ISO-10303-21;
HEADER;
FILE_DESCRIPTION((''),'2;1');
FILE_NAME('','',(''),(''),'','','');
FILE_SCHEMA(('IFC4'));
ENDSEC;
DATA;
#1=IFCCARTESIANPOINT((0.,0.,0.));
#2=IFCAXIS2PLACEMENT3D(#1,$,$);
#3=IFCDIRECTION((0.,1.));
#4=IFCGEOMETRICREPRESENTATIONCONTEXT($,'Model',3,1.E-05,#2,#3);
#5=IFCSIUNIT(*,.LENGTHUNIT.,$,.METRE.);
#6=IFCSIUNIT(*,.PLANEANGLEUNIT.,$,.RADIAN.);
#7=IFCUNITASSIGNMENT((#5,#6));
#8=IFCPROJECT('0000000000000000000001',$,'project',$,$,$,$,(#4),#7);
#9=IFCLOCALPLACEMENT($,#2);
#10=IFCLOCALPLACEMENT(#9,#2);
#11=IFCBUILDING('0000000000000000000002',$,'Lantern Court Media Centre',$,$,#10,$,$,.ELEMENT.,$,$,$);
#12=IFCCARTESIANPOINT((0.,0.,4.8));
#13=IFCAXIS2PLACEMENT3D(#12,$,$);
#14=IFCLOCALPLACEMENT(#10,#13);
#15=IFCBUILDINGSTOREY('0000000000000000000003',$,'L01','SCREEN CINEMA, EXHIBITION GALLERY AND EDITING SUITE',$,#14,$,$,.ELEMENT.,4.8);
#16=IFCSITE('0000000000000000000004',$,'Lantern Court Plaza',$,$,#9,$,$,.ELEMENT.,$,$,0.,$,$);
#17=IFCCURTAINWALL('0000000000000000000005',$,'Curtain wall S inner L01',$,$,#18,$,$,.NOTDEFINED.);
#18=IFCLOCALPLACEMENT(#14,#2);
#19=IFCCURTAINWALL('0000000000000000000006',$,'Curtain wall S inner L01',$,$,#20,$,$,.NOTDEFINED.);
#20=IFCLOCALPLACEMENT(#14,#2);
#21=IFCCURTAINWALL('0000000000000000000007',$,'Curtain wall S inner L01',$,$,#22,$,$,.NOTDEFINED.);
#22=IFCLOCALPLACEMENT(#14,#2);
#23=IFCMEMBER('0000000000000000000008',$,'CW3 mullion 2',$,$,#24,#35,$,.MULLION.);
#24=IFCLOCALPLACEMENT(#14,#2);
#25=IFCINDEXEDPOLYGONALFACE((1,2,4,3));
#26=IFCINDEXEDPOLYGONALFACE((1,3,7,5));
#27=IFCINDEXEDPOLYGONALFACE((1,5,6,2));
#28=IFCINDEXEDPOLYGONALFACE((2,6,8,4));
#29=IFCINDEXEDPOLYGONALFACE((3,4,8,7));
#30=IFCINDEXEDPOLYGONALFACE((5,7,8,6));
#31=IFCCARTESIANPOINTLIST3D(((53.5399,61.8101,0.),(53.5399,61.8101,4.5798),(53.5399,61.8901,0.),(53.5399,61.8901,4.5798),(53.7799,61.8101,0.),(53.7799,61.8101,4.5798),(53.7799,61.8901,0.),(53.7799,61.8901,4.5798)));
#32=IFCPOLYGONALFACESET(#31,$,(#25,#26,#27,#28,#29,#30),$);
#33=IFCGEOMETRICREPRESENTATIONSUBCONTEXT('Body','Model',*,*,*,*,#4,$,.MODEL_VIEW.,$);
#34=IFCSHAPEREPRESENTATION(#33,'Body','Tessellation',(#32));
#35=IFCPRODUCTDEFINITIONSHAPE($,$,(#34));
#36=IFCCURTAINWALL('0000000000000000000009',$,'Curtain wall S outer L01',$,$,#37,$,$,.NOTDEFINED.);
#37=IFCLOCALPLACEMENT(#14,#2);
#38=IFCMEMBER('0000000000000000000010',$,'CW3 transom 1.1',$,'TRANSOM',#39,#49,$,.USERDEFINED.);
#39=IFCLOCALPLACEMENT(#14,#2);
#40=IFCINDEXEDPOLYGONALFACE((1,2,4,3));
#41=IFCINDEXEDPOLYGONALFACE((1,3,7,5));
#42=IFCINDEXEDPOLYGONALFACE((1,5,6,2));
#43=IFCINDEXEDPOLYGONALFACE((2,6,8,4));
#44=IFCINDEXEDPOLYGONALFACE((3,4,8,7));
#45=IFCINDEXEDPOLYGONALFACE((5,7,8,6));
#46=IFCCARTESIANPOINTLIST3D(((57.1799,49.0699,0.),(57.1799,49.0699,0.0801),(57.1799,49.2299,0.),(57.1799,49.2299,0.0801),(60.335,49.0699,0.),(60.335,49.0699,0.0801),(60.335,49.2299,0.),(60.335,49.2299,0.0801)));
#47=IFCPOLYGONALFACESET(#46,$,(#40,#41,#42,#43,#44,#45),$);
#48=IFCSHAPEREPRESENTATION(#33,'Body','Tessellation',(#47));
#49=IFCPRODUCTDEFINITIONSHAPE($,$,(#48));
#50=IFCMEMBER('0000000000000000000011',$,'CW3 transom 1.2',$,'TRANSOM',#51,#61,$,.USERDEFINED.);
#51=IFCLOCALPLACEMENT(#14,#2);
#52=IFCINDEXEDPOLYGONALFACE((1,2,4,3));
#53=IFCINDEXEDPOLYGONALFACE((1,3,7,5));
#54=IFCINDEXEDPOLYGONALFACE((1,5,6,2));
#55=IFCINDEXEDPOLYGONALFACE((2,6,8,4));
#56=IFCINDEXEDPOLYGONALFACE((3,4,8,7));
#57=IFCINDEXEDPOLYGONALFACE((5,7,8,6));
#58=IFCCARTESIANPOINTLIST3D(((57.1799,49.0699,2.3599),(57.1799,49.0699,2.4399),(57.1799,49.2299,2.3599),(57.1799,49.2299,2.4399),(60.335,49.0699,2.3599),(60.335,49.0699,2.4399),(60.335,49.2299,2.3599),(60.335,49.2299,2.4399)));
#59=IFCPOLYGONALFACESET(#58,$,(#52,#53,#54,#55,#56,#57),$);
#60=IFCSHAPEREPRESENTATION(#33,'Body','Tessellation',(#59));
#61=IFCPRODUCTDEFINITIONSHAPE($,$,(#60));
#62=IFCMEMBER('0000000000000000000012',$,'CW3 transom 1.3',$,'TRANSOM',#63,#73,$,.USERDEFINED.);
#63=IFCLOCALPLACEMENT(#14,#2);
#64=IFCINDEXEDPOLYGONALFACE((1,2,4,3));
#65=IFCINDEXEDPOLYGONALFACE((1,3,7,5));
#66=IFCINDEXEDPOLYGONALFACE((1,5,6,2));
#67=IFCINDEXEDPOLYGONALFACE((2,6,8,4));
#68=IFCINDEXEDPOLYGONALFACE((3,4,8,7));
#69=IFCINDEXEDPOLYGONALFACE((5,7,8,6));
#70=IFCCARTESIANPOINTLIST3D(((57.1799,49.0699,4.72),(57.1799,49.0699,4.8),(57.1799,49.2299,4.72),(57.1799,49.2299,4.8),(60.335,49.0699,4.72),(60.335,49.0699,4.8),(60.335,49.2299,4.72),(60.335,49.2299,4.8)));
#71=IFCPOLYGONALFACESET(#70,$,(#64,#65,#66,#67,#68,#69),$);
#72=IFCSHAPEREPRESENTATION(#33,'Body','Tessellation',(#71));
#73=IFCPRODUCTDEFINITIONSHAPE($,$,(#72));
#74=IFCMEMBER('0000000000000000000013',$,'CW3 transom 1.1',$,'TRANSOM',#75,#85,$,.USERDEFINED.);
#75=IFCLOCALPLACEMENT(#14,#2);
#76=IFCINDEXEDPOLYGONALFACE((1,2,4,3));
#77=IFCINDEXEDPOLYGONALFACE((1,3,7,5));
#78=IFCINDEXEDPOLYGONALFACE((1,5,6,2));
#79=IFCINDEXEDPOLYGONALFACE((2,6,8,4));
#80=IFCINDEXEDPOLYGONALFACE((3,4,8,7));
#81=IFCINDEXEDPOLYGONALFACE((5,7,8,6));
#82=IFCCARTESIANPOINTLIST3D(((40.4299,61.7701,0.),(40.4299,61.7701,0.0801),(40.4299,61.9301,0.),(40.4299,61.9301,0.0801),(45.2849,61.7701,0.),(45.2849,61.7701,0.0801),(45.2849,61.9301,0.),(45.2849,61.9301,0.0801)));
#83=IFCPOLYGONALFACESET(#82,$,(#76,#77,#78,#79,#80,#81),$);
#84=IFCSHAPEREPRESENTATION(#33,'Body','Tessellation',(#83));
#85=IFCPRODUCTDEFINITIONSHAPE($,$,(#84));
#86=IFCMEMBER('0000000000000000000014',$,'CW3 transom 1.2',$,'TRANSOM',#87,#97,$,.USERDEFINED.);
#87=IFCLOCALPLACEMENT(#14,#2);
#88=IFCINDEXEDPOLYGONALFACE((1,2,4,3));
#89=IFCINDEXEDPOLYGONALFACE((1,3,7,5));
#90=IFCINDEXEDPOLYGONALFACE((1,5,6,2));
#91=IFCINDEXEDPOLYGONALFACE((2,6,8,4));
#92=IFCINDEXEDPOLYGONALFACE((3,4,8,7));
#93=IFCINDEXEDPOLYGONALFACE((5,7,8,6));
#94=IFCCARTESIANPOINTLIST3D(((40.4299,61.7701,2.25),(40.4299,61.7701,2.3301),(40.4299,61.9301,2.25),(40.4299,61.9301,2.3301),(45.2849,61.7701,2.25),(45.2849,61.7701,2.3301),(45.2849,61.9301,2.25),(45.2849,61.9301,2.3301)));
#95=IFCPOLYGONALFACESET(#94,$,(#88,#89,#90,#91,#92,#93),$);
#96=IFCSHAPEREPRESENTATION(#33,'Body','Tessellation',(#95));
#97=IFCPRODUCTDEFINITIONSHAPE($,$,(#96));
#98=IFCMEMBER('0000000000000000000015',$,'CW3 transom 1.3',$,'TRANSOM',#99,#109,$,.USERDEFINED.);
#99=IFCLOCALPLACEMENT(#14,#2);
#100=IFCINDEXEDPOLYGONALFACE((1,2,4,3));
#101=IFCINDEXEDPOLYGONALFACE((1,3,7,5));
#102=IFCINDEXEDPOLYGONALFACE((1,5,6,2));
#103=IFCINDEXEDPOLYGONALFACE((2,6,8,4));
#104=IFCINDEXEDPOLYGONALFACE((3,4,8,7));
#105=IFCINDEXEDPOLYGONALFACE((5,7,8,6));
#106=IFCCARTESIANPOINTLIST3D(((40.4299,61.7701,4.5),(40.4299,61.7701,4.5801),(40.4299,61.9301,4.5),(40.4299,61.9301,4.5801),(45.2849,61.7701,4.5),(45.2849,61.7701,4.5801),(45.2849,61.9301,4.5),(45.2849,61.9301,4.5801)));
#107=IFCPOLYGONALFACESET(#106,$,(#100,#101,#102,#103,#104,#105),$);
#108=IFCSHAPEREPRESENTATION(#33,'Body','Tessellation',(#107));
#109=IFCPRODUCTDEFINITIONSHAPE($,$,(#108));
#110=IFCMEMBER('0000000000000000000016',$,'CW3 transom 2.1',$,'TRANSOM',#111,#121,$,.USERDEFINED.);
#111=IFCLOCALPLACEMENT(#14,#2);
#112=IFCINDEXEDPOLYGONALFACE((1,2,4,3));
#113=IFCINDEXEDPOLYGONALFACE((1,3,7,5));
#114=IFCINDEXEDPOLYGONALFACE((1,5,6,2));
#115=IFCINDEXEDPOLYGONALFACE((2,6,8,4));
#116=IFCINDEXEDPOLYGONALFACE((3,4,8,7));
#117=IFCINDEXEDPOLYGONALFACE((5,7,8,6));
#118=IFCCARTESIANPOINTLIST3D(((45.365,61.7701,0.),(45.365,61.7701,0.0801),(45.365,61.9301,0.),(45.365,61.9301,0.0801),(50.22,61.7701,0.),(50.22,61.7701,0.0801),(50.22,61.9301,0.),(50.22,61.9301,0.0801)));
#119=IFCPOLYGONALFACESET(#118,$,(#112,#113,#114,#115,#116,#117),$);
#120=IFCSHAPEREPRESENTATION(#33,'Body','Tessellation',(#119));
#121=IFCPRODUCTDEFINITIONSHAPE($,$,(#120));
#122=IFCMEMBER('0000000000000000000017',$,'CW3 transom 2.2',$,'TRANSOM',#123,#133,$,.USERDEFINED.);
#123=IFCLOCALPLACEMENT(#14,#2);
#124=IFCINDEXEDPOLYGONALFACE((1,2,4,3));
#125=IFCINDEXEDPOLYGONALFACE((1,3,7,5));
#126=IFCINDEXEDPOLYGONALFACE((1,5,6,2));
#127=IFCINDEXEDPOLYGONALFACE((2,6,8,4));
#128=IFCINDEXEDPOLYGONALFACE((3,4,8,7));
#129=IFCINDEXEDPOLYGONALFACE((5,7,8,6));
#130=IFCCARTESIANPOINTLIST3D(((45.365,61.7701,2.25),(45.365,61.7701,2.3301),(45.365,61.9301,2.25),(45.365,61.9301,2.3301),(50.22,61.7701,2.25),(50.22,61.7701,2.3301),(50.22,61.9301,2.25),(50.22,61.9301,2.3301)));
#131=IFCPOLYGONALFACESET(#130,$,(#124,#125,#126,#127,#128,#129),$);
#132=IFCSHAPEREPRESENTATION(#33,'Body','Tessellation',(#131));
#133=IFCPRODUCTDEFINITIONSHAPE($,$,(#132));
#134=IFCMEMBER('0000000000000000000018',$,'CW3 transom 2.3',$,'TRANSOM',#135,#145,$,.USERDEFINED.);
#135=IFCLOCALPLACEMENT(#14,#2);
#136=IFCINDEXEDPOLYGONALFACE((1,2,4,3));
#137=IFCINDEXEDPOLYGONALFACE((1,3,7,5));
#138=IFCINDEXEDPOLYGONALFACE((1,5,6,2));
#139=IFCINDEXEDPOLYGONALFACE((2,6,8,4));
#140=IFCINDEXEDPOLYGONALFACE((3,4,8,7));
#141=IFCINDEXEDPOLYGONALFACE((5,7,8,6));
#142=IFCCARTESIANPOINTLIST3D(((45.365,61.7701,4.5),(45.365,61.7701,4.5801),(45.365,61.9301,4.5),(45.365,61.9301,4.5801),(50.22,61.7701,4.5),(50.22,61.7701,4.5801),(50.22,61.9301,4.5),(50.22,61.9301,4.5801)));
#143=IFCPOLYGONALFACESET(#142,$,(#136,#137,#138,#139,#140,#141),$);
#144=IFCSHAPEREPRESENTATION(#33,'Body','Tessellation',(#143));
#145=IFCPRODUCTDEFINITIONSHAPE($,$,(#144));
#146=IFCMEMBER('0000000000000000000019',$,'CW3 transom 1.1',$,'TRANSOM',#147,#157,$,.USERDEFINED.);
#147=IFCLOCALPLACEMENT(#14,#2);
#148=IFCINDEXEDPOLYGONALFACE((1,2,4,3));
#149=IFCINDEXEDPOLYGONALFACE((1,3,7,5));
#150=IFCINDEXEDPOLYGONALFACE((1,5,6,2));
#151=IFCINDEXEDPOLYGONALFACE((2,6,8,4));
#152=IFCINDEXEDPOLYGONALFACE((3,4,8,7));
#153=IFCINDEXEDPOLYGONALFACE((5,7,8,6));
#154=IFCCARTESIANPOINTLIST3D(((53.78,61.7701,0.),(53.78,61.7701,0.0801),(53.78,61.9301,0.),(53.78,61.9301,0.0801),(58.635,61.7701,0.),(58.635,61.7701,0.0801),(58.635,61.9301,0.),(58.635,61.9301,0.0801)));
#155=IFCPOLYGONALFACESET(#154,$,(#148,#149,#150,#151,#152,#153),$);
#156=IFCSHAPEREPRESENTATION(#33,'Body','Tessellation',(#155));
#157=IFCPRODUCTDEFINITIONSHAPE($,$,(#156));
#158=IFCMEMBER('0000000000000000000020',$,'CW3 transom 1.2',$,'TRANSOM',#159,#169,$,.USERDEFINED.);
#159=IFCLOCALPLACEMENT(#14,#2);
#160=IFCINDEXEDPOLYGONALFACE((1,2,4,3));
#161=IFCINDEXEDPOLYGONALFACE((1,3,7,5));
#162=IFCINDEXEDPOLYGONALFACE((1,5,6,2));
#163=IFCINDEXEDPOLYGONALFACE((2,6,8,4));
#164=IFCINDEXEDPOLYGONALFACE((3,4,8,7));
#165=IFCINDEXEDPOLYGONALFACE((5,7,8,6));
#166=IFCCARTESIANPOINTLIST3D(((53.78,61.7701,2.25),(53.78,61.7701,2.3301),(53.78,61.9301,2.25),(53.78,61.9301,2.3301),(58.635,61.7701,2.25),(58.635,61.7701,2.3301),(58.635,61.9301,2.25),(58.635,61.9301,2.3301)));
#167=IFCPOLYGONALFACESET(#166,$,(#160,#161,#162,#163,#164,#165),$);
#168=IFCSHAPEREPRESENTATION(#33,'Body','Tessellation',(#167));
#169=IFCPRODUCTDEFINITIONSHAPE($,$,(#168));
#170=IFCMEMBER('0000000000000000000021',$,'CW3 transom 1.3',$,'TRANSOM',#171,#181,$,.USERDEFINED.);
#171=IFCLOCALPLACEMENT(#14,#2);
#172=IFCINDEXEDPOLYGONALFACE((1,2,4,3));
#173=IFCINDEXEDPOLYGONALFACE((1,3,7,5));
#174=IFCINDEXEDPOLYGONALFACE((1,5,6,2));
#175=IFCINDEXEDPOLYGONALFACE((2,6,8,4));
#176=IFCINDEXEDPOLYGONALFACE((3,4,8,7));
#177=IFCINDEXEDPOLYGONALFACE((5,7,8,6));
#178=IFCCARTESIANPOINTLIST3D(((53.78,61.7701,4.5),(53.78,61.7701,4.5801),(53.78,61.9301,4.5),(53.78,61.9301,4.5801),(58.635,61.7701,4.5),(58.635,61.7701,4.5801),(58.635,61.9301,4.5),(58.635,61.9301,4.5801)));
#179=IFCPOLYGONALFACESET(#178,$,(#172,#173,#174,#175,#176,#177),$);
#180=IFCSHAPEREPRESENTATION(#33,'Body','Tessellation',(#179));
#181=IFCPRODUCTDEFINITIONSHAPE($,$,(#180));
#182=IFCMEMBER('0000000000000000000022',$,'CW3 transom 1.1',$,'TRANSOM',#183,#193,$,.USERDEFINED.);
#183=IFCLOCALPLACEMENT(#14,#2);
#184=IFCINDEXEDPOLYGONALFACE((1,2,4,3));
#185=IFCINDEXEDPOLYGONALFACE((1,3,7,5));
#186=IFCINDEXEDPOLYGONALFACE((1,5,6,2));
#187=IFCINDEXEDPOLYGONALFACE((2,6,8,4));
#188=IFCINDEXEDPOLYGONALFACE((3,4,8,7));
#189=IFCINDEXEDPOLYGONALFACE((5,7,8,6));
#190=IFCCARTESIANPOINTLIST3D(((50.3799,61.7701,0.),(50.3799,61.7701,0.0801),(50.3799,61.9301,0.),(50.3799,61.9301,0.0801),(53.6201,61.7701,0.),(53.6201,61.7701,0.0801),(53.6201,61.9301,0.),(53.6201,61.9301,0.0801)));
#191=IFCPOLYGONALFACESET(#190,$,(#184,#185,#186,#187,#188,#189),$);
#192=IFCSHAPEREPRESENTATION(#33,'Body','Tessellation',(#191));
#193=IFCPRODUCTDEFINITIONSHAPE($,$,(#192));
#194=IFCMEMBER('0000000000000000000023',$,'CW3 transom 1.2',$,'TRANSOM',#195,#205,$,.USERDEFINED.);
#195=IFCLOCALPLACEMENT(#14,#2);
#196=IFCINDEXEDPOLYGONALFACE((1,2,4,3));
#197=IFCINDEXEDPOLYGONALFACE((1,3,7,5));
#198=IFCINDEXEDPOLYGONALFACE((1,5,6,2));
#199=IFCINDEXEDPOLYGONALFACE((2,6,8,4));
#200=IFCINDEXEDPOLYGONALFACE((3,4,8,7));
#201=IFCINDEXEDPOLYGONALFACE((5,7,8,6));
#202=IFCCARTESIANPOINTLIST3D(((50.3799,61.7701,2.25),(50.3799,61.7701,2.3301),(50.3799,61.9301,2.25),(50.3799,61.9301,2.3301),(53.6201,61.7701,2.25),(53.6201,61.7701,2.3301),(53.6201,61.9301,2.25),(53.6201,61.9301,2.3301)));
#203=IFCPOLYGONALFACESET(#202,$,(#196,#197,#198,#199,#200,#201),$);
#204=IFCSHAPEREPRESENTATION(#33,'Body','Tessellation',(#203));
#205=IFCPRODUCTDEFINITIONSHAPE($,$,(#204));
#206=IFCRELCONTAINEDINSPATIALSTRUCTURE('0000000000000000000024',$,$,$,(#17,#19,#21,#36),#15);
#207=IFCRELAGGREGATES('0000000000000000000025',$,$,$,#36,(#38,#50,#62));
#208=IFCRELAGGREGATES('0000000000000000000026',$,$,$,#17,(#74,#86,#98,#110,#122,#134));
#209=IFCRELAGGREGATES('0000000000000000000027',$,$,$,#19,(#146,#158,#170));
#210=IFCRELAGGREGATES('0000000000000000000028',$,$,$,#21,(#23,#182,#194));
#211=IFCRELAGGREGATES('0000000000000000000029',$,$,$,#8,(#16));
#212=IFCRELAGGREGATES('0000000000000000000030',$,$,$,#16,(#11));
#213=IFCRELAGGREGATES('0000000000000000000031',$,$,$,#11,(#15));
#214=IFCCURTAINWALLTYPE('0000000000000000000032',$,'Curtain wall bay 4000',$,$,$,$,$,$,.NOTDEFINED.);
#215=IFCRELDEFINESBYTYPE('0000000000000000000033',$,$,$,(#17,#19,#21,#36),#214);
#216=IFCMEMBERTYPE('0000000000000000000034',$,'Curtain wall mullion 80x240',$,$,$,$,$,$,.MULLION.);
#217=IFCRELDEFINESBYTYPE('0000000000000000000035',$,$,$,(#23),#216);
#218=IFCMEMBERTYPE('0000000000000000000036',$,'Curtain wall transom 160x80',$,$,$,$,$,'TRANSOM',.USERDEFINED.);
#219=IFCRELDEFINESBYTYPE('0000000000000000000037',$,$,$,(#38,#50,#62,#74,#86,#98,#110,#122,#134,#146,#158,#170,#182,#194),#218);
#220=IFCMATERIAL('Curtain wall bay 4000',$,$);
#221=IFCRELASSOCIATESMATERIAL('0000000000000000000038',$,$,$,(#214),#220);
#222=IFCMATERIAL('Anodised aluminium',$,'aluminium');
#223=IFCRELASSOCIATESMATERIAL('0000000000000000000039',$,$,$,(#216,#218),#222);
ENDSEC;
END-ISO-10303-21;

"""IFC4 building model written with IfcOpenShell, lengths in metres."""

from ifc_helpers import new_model, si_unit, direction, frame, origin, origin_2d, place, context, subcontext, project, spatial, rectangle, extrude, material, material_profile, profile_set, type_object, element, aggregate, save


model = new_model("IFC4")

# Units and contexts
model_context = context("Model", 3, precision=1e-05, world=origin(), true_north=direction((0.0, 1.0)))
body_context = subcontext(model_context, "Body", "Model", "MODEL_VIEW")
ifc_project = project(units=[si_unit("LENGTHUNIT", "METRE"), si_unit("PLANEANGLEUNIT", "RADIAN")], contexts=[model_context])

# Site, building, storey
site_placement = place(None, origin())
site = spatial("IfcSite", under=ifc_project, at=site_placement, Name="Lantern Court Plaza", CompositionType="ELEMENT", RefElevation=0.0)
building_placement = place(site_placement, origin())
building = spatial("IfcBuilding", under=site, at=building_placement, Name="Lantern Court Media Centre", CompositionType="ELEMENT")
storey_placement = place(building_placement, frame((0.0, 0.0, 4.8)))
storey = spatial("IfcBuildingStorey", under=building, at=storey_placement, Name="L01", Description="SCREEN CINEMA, EXHIBITION GALLERY AND EDITING SUITE", CompositionType="ELEMENT", Elevation=4.8)

# Shared definitions
ifc_material_1 = material(Name="Anodised aluminium", Category="aluminium")

# Curtain walls, members
ifc_material_2 = material(Name="Curtain wall bay 4000")
curtain_wall_type_1 = type_object("IfcCurtainWallType", Name="Curtain wall bay 4000", PredefinedType="NOTDEFINED", material=ifc_material_2)
curtain_wall_1_placement = place(storey_placement, origin())
curtain_wall_1 = element("IfcCurtainWall", 1, at=curtain_wall_1_placement, inside=storey, type_object=curtain_wall_type_1, Name="Curtain wall S inner L01", PredefinedType="NOTDEFINED")
ifc_material_profile_1 = material_profile(ifc_material_1, rectangle(XDim=0.0801, YDim=0.24, at=origin_2d()), Name="AL 80x240")
ifc_profile_set_1 = profile_set([ifc_material_profile_1], Name="Anodised aluminium")
member_type_1 = type_object("IfcMemberType", Name="Curtain wall mullion 80x240", PredefinedType="MULLION", material=ifc_profile_set_1)
curtain_wall_2_placement = place(storey_placement, origin())
curtain_wall_2 = element("IfcCurtainWall", 2, at=curtain_wall_2_placement, inside=storey, type_object=curtain_wall_type_1, Name="Curtain wall S inner L01", PredefinedType="NOTDEFINED")
curtain_wall_3_placement = place(storey_placement, origin())
curtain_wall_3 = element("IfcCurtainWall", 3, at=curtain_wall_3_placement, inside=storey, type_object=curtain_wall_type_1, Name="Curtain wall S inner L01", PredefinedType="NOTDEFINED")
member_1_placement = place(storey_placement, frame((53.6599, 61.8501, 0.0), z_axis=(0.0, 0.0, 1.0), x_axis=(0.0, 1.0, 0.0)))
member_1 = element("IfcMember", 4, at=member_1_placement, type_object=member_type_1, Name="CW3 mullion 2", PredefinedType="MULLION", context=body_context, shape_type="SweptSolid", body=[
    extrude(rectangle(XDim=0.0801, YDim=0.24, at=origin_2d()), origin(), (0.0, 0.0, 1.0), 4.5798),
])
curtain_wall_4_placement = place(storey_placement, origin())
curtain_wall_4 = element("IfcCurtainWall", 5, at=curtain_wall_4_placement, inside=storey, type_object=curtain_wall_type_1, Name="Curtain wall S outer L01", PredefinedType="NOTDEFINED")
ifc_material_profile_2 = material_profile(ifc_material_1, rectangle(XDim=0.1599, YDim=0.0801, at=origin_2d()), Name="AL 80x160")
ifc_profile_set_2 = profile_set([ifc_material_profile_2], Name="Anodised aluminium")
member_type_2 = type_object("IfcMemberType", Name="Curtain wall transom 160x80", ElementType="TRANSOM", PredefinedType="USERDEFINED", material=ifc_profile_set_2)
member_2_placement = place(storey_placement, frame((57.1799, 49.1499, 0.04), z_axis=(1.0, 0.0, 0.0), x_axis=(0.0, 1.0, 0.0)))
member_2 = element("IfcMember", 6, at=member_2_placement, type_object=member_type_2, Name="CW3 transom 1.1", ObjectType="TRANSOM", PredefinedType="USERDEFINED", context=body_context, shape_type="SweptSolid", body=[
    extrude(rectangle(XDim=0.1599, YDim=0.0801, at=origin_2d()), origin(), (0.0, 0.0, 1.0), 3.155),
])
member_3_placement = place(storey_placement, frame((57.1799, 49.1499, 2.3999), z_axis=(1.0, 0.0, 0.0), x_axis=(0.0, 1.0, 0.0)))
member_3 = element("IfcMember", 7, at=member_3_placement, type_object=member_type_2, Name="CW3 transom 1.2", ObjectType="TRANSOM", PredefinedType="USERDEFINED", context=body_context, shape_type="SweptSolid", body=[
    extrude(rectangle(XDim=0.1599, YDim=0.0801, at=origin_2d()), origin(), (0.0, 0.0, 1.0), 3.155),
])
member_4_placement = place(storey_placement, frame((57.1799, 49.1499, 4.76), z_axis=(1.0, 0.0, 0.0), x_axis=(0.0, 1.0, 0.0)))
member_4 = element("IfcMember", 8, at=member_4_placement, type_object=member_type_2, Name="CW3 transom 1.3", ObjectType="TRANSOM", PredefinedType="USERDEFINED", context=body_context, shape_type="SweptSolid", body=[
    extrude(rectangle(XDim=0.1599, YDim=0.0801, at=origin_2d()), origin(), (0.0, 0.0, 1.0), 3.155),
])
aggregate(curtain_wall_4, [member_2, member_3, member_4])

# Members
member_5_placement = place(storey_placement, frame((40.4299, 61.8501, 0.04), z_axis=(1.0, 0.0, 0.0), x_axis=(0.0, 1.0, 0.0)))
member_5 = element("IfcMember", 9, at=member_5_placement, type_object=member_type_2, Name="CW3 transom 1.1", ObjectType="TRANSOM", PredefinedType="USERDEFINED", context=body_context, shape_type="SweptSolid", body=[
    extrude(rectangle(XDim=0.1599, YDim=0.0801, at=origin_2d()), origin(), (0.0, 0.0, 1.0), 4.855),
])
member_6_placement = place(storey_placement, frame((40.4299, 61.8501, 2.29), z_axis=(1.0, 0.0, 0.0), x_axis=(0.0, 1.0, 0.0)))
member_6 = element("IfcMember", 10, at=member_6_placement, type_object=member_type_2, Name="CW3 transom 1.2", ObjectType="TRANSOM", PredefinedType="USERDEFINED", context=body_context, shape_type="SweptSolid", body=[
    extrude(rectangle(XDim=0.1599, YDim=0.0801, at=origin_2d()), origin(), (0.0, 0.0, 1.0), 4.855),
])
member_7_placement = place(storey_placement, frame((40.4299, 61.8501, 4.54), z_axis=(1.0, 0.0, 0.0), x_axis=(0.0, 1.0, 0.0)))
member_7 = element("IfcMember", 11, at=member_7_placement, type_object=member_type_2, Name="CW3 transom 1.3", ObjectType="TRANSOM", PredefinedType="USERDEFINED", context=body_context, shape_type="SweptSolid", body=[
    extrude(rectangle(XDim=0.1599, YDim=0.0801, at=origin_2d()), origin(), (0.0, 0.0, 1.0), 4.855),
])
member_8_placement = place(storey_placement, frame((45.365, 61.8501, 0.04), z_axis=(1.0, 0.0, 0.0), x_axis=(0.0, 1.0, 0.0)))
member_8 = element("IfcMember", 12, at=member_8_placement, type_object=member_type_2, Name="CW3 transom 2.1", ObjectType="TRANSOM", PredefinedType="USERDEFINED", context=body_context, shape_type="SweptSolid", body=[
    extrude(rectangle(XDim=0.1599, YDim=0.0801, at=origin_2d()), origin(), (0.0, 0.0, 1.0), 4.855),
])
member_9_placement = place(storey_placement, frame((45.365, 61.8501, 2.29), z_axis=(1.0, 0.0, 0.0), x_axis=(0.0, 1.0, 0.0)))
member_9 = element("IfcMember", 13, at=member_9_placement, type_object=member_type_2, Name="CW3 transom 2.2", ObjectType="TRANSOM", PredefinedType="USERDEFINED", context=body_context, shape_type="SweptSolid", body=[
    extrude(rectangle(XDim=0.1599, YDim=0.0801, at=origin_2d()), origin(), (0.0, 0.0, 1.0), 4.855),
])
member_10_placement = place(storey_placement, frame((45.365, 61.8501, 4.54), z_axis=(1.0, 0.0, 0.0), x_axis=(0.0, 1.0, 0.0)))
member_10 = element("IfcMember", 14, at=member_10_placement, type_object=member_type_2, Name="CW3 transom 2.3", ObjectType="TRANSOM", PredefinedType="USERDEFINED", context=body_context, shape_type="SweptSolid", body=[
    extrude(rectangle(XDim=0.1599, YDim=0.0801, at=origin_2d()), origin(), (0.0, 0.0, 1.0), 4.855),
])
member_11_placement = place(storey_placement, frame((53.78, 61.8501, 0.04), z_axis=(1.0, 0.0, 0.0), x_axis=(0.0, 1.0, 0.0)))
member_11 = element("IfcMember", 15, at=member_11_placement, type_object=member_type_2, Name="CW3 transom 1.1", ObjectType="TRANSOM", PredefinedType="USERDEFINED", context=body_context, shape_type="SweptSolid", body=[
    extrude(rectangle(XDim=0.1599, YDim=0.0801, at=origin_2d()), origin(), (0.0, 0.0, 1.0), 4.855),
])
member_12_placement = place(storey_placement, frame((53.78, 61.8501, 2.29), z_axis=(1.0, 0.0, 0.0), x_axis=(0.0, 1.0, 0.0)))
member_12 = element("IfcMember", 16, at=member_12_placement, type_object=member_type_2, Name="CW3 transom 1.2", ObjectType="TRANSOM", PredefinedType="USERDEFINED", context=body_context, shape_type="SweptSolid", body=[
    extrude(rectangle(XDim=0.1599, YDim=0.0801, at=origin_2d()), origin(), (0.0, 0.0, 1.0), 4.855),
])
member_13_placement = place(storey_placement, frame((53.78, 61.8501, 4.54), z_axis=(1.0, 0.0, 0.0), x_axis=(0.0, 1.0, 0.0)))
member_13 = element("IfcMember", 17, at=member_13_placement, type_object=member_type_2, Name="CW3 transom 1.3", ObjectType="TRANSOM", PredefinedType="USERDEFINED", context=body_context, shape_type="SweptSolid", body=[
    extrude(rectangle(XDim=0.1599, YDim=0.0801, at=origin_2d()), origin(), (0.0, 0.0, 1.0), 4.855),
])
member_14_placement = place(storey_placement, frame((50.3799, 61.8501, 0.04), z_axis=(1.0, 0.0, 0.0), x_axis=(0.0, 1.0, 0.0)))
member_14 = element("IfcMember", 18, at=member_14_placement, type_object=member_type_2, Name="CW3 transom 1.1", ObjectType="TRANSOM", PredefinedType="USERDEFINED", context=body_context, shape_type="SweptSolid", body=[
    extrude(rectangle(XDim=0.1599, YDim=0.0801, at=origin_2d()), origin(), (0.0, 0.0, 1.0), 3.2402),
])
member_15_placement = place(storey_placement, frame((50.3799, 61.8501, 2.29), z_axis=(1.0, 0.0, 0.0), x_axis=(0.0, 1.0, 0.0)))
member_15 = element("IfcMember", 19, at=member_15_placement, type_object=member_type_2, Name="CW3 transom 1.2", ObjectType="TRANSOM", PredefinedType="USERDEFINED", context=body_context, shape_type="SweptSolid", body=[
    extrude(rectangle(XDim=0.1599, YDim=0.0801, at=origin_2d()), origin(), (0.0, 0.0, 1.0), 3.2402),
])

aggregate(curtain_wall_1, [member_5, member_6, member_7, member_8, member_9, member_10])
aggregate(curtain_wall_2, [member_11, member_12, member_13])
aggregate(curtain_wall_3, [member_1, member_14, member_15])

save(model, "model.ifc")
